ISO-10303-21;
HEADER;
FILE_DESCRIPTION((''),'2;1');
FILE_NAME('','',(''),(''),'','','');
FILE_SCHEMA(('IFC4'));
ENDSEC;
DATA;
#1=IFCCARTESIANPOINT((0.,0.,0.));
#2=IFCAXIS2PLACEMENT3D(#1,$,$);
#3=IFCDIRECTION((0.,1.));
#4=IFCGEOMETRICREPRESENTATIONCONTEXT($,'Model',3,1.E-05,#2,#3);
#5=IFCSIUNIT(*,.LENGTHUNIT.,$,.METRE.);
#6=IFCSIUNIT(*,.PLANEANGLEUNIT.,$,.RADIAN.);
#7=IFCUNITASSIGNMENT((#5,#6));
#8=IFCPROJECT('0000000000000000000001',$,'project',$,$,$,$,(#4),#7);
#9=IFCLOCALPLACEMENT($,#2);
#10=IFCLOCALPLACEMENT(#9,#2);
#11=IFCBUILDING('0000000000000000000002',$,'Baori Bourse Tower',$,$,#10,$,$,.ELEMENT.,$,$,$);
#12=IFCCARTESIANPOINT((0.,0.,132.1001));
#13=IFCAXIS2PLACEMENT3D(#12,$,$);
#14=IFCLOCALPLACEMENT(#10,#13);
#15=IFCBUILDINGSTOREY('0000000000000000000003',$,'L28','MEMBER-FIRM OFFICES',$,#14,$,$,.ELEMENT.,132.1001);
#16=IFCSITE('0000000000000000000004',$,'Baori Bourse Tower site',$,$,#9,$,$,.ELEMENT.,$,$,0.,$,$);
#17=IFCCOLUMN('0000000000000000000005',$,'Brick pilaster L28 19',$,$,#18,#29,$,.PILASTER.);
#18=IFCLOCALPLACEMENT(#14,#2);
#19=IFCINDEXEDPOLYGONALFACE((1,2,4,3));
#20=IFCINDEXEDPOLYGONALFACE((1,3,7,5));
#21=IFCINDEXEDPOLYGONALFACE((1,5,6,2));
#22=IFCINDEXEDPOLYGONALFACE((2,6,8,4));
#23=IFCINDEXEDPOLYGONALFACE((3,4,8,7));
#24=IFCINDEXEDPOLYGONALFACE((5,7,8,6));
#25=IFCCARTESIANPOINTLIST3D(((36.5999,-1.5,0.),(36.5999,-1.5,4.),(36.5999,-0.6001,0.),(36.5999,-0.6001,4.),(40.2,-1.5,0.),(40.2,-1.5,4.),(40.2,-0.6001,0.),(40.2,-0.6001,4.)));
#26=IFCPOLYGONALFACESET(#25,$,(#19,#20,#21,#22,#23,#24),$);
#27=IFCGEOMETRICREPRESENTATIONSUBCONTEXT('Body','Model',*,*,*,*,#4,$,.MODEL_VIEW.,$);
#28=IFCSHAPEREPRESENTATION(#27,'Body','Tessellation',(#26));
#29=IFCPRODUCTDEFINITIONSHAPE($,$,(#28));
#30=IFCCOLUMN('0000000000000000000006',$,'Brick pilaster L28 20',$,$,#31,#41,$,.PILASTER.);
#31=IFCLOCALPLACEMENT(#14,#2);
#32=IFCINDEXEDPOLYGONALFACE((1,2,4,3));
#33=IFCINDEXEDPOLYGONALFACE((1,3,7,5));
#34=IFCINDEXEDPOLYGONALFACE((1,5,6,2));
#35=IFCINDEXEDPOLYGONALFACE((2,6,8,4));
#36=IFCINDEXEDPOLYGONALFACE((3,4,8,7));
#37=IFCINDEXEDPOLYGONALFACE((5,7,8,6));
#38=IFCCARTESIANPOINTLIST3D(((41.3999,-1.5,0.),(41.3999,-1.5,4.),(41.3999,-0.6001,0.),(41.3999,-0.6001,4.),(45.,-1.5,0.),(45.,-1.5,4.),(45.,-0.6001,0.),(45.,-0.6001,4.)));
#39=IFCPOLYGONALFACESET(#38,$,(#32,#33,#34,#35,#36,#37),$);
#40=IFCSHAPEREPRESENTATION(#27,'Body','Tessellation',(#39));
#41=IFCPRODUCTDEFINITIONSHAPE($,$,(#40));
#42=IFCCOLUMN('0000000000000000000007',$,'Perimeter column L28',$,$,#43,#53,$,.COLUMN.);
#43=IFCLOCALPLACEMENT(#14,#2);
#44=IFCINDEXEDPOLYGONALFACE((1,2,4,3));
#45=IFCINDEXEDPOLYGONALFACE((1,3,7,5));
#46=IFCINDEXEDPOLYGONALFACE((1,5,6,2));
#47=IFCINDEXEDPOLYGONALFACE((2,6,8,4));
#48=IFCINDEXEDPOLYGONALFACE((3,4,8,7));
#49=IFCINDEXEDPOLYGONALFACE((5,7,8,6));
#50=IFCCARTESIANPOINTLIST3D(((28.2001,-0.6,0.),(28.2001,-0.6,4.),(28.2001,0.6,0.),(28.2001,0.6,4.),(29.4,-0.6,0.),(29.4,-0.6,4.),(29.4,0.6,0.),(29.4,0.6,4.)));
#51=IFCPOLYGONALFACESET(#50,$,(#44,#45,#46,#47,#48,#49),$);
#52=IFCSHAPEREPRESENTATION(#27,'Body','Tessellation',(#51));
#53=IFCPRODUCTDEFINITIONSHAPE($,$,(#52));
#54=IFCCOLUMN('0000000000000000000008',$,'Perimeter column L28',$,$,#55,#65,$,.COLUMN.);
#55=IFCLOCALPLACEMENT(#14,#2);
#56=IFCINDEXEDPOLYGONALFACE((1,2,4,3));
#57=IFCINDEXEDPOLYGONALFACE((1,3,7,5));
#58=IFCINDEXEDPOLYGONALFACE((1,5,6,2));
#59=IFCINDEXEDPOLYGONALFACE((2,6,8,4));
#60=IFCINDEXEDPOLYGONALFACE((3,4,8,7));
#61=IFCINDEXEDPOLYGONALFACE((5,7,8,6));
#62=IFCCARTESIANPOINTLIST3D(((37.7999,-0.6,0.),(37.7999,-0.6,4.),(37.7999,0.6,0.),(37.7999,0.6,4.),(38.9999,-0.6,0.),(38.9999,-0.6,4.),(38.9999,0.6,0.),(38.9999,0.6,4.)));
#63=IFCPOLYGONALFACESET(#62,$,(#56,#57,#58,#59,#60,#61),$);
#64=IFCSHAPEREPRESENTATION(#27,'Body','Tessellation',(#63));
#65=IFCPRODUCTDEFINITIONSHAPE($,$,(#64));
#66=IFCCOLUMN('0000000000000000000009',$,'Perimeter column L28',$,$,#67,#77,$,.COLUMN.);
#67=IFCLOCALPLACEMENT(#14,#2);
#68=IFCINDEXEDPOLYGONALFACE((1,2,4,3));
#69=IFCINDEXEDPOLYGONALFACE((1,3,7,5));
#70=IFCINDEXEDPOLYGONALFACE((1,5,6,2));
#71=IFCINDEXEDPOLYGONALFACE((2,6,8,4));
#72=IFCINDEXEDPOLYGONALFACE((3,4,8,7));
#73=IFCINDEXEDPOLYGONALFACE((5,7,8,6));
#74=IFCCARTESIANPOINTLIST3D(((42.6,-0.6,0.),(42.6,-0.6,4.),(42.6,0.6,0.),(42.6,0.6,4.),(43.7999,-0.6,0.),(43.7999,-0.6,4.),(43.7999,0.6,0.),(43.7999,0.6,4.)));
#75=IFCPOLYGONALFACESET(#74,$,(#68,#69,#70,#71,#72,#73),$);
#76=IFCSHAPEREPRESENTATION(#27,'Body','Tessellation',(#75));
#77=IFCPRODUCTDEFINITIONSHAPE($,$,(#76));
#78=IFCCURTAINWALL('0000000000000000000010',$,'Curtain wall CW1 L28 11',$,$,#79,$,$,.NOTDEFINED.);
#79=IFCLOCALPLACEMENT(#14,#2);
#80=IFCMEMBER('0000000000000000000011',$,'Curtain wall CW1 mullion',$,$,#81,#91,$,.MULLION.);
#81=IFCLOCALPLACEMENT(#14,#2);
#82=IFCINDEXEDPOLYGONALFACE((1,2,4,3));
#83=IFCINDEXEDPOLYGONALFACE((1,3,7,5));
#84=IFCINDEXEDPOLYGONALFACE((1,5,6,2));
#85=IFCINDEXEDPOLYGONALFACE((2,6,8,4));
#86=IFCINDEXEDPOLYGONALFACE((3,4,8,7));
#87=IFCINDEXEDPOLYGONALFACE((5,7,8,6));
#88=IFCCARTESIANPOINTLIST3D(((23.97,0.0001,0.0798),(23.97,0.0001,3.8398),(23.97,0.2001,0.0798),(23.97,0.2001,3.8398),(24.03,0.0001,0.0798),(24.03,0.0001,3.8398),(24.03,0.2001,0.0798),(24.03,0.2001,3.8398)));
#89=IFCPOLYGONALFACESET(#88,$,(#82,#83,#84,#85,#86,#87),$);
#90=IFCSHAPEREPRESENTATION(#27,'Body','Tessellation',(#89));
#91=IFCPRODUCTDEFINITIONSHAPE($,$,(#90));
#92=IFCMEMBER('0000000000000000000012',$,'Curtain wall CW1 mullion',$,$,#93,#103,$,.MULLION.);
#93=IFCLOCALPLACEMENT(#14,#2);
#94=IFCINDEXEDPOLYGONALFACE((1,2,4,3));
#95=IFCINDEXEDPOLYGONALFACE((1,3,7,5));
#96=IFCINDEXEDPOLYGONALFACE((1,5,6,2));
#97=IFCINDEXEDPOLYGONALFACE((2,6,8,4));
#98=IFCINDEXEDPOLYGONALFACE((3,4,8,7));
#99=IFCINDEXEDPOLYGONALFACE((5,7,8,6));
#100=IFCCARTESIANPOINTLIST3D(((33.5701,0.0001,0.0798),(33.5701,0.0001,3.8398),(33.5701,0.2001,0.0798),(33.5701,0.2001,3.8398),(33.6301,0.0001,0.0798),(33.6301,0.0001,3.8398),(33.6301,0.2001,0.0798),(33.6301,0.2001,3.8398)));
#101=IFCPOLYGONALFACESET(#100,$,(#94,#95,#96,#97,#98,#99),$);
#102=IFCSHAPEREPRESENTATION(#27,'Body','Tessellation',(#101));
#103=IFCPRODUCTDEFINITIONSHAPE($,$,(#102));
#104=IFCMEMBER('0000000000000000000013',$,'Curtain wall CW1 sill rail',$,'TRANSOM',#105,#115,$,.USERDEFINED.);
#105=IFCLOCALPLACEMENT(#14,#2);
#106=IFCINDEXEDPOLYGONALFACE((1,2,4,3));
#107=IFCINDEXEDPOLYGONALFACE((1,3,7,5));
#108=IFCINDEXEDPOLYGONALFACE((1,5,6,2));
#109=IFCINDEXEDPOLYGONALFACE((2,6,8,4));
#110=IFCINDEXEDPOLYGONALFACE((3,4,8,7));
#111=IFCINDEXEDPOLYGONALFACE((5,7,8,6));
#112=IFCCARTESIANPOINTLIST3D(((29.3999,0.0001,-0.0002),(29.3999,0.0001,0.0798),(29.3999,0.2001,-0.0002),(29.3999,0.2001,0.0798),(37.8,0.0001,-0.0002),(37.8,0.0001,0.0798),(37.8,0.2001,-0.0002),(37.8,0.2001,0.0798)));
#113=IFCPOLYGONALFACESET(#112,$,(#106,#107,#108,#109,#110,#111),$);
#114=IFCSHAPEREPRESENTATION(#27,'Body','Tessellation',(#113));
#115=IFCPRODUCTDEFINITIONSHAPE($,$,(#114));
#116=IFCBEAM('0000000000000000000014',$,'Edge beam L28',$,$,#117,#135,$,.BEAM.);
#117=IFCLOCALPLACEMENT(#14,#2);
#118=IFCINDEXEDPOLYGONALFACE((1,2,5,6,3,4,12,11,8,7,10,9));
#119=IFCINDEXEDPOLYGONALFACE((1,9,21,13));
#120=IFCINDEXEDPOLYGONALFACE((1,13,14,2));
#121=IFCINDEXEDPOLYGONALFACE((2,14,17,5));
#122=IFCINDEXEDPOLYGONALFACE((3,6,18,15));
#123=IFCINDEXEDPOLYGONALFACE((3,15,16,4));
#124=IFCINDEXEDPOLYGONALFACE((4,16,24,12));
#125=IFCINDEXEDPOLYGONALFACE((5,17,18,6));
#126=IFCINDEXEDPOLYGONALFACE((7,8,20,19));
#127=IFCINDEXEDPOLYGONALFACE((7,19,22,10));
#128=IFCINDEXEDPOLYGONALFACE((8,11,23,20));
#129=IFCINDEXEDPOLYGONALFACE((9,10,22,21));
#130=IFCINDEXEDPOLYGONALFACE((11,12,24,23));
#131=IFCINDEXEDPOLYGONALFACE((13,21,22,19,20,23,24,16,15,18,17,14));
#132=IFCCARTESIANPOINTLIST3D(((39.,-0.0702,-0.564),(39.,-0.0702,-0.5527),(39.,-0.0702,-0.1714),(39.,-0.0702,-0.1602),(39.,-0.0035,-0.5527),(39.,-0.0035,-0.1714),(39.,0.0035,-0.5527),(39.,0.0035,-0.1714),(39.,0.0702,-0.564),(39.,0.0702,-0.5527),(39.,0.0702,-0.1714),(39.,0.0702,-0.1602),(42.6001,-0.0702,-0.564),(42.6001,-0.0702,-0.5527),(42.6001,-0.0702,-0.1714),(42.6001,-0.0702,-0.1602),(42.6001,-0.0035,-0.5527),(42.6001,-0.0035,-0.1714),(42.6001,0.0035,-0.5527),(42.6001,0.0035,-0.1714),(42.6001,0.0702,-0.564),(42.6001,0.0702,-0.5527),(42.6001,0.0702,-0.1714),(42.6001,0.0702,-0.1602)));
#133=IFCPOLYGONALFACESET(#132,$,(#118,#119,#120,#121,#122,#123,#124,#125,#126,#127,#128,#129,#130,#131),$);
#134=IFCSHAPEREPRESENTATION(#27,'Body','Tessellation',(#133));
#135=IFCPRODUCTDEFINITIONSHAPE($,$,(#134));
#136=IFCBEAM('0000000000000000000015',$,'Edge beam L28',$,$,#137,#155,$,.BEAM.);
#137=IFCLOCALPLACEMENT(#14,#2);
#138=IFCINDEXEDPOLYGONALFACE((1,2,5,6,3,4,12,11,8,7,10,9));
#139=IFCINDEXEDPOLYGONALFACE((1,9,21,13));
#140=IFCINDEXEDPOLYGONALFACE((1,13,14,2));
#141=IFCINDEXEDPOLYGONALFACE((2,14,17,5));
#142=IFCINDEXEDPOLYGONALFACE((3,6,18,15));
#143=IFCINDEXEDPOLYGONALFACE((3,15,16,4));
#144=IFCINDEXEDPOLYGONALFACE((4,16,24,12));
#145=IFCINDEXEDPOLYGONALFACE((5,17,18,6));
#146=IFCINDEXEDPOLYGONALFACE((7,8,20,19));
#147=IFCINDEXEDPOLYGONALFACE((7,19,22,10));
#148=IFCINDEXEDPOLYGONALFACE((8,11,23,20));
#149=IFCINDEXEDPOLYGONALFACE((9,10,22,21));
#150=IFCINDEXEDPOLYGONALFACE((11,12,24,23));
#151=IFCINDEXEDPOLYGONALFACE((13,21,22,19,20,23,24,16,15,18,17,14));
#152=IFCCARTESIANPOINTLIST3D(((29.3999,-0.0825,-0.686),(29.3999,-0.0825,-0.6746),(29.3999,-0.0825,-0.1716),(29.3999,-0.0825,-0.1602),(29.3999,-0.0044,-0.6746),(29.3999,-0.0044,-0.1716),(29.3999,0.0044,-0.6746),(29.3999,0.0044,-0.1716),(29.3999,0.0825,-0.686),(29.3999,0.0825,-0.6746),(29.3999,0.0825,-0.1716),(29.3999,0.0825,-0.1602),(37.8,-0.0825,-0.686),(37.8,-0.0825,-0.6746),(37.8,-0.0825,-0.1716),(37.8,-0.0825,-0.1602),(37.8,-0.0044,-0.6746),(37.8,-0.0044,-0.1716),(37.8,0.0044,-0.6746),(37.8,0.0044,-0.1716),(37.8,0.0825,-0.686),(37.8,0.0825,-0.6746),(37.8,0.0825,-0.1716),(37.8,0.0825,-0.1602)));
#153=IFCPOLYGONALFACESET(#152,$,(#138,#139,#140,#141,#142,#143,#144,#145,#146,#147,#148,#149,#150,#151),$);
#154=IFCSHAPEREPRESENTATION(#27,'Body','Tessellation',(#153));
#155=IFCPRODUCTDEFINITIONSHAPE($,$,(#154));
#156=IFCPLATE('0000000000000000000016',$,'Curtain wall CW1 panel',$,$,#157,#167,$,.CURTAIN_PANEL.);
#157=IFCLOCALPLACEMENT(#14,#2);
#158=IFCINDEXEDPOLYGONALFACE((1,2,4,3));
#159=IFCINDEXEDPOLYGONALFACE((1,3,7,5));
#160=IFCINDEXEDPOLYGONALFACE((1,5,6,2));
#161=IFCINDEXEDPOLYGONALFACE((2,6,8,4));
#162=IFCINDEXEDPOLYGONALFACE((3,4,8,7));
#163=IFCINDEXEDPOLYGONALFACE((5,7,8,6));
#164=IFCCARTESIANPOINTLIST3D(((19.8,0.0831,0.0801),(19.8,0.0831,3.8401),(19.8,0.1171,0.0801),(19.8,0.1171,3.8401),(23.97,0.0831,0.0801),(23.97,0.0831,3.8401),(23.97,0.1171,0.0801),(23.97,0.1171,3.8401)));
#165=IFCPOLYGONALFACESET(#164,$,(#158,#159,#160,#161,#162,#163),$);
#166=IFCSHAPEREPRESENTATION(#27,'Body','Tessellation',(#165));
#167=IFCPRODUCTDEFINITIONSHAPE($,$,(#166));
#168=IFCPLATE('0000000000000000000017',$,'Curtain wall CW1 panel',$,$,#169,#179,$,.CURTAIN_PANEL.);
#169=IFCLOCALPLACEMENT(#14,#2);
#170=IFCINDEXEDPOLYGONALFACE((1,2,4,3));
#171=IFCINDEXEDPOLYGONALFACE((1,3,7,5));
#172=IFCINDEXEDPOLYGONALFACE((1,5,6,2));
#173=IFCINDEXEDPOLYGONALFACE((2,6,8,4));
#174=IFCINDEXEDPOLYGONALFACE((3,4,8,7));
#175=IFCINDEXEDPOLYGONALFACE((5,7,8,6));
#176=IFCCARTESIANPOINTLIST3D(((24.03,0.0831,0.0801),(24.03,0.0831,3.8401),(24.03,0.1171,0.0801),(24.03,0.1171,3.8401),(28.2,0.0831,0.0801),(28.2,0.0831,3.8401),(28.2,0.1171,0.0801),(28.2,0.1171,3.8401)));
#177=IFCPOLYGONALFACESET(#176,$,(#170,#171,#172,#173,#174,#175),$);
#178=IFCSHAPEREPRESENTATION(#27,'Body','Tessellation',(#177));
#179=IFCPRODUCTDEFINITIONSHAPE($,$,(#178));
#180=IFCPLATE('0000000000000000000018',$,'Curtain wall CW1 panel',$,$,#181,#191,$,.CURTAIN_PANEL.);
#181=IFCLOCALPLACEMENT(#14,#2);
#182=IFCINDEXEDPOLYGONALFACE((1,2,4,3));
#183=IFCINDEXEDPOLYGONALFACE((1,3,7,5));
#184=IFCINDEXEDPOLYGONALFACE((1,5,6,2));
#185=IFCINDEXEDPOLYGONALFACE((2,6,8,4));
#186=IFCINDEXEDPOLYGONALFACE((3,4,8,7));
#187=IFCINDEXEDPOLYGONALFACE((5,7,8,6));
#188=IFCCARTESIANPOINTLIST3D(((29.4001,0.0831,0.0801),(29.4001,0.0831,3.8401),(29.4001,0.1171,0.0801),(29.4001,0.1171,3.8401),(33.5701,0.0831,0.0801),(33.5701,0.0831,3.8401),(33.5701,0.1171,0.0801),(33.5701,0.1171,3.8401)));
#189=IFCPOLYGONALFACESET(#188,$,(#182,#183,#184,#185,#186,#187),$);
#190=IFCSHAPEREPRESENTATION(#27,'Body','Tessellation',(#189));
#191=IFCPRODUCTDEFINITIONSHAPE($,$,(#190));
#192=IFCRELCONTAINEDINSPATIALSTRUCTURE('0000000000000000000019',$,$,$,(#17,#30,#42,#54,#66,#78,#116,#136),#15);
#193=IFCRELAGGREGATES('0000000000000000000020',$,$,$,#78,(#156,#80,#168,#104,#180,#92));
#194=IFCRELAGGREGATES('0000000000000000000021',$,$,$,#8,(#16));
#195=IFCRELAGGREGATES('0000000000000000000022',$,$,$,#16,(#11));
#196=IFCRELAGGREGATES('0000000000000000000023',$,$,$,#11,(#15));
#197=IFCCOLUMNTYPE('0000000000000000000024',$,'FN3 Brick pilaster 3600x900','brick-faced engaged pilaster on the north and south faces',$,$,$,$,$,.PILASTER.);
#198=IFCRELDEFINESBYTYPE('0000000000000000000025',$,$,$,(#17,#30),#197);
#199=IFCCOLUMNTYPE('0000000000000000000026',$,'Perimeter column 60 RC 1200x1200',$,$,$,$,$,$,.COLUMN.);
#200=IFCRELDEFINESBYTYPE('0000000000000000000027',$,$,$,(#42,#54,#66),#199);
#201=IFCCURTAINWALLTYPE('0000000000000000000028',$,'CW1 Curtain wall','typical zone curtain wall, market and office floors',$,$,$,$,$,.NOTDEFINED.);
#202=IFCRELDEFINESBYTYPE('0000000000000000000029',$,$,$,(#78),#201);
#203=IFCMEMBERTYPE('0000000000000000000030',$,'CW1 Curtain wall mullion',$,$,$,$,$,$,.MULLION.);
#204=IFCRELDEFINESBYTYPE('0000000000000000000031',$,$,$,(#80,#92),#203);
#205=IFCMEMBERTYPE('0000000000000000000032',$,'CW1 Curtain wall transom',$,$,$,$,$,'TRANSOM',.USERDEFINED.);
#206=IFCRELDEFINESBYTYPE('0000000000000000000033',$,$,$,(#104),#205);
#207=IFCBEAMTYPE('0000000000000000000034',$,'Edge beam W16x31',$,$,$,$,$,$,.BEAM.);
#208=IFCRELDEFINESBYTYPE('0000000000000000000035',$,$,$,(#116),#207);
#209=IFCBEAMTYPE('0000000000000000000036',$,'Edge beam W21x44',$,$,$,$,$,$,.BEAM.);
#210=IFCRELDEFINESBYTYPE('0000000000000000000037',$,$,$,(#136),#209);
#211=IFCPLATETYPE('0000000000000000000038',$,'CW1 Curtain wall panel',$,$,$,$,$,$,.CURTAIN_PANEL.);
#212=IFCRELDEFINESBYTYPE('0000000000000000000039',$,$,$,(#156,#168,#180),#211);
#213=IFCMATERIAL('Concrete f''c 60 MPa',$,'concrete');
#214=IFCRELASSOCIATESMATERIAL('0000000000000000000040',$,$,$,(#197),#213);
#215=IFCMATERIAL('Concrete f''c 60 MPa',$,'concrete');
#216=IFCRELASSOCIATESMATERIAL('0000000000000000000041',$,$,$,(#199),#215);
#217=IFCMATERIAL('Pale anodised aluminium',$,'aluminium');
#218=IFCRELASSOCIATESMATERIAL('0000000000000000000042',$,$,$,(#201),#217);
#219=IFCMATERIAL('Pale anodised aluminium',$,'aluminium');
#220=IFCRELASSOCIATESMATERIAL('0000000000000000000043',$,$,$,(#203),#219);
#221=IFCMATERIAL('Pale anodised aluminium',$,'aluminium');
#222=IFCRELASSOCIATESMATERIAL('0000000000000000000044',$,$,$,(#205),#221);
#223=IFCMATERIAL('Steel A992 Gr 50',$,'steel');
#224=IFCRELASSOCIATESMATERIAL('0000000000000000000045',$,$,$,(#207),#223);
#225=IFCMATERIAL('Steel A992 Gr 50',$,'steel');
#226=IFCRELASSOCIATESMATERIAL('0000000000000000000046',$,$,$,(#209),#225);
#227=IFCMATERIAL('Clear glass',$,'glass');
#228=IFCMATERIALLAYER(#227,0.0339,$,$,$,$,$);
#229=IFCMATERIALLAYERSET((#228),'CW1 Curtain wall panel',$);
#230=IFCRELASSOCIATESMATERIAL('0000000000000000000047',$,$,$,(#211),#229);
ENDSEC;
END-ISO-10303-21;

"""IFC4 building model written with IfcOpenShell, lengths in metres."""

from ifc_helpers import new_model, si_unit, direction, frame, origin, origin_2d, place, context, subcontext, project, spatial, rectangle, i_section, extrude, material, layer, layer_set, material_profile, profile_set, type_object, element, aggregate, save


model = new_model("IFC4")

# Units and contexts
model_context = context("Model", 3, precision=1e-05, world=origin(), true_north=direction((0.0, 1.0)))
body_context = subcontext(model_context, "Body", "Model", "MODEL_VIEW")
ifc_project = project(units=[si_unit("LENGTHUNIT", "METRE"), si_unit("PLANEANGLEUNIT", "RADIAN")], contexts=[model_context])

# Site, building, storey
site_placement = place(None, origin())
site = spatial("IfcSite", under=ifc_project, at=site_placement, Name="Baori Bourse Tower site", CompositionType="ELEMENT", RefElevation=0.0)
building_placement = place(site_placement, origin())
building = spatial("IfcBuilding", under=site, at=building_placement, Name="Baori Bourse Tower", CompositionType="ELEMENT")
storey_placement = place(building_placement, frame((0.0, 0.0, 132.1001)))
storey = spatial("IfcBuildingStorey", under=building, at=storey_placement, Name="L28", Description="MEMBER-FIRM OFFICES", CompositionType="ELEMENT", Elevation=132.1001)

# Columns
ifc_material_1 = material(Name="Concrete f'c 60 MPa", Category="concrete")
ifc_material_profile_1 = material_profile(ifc_material_1, rectangle(XDim=3.6001, YDim=0.8999, at=origin_2d()), Name="RC 3600x900")
ifc_profile_set_1 = profile_set([ifc_material_profile_1], Name="Concrete f'c 60 MPa")
column_type_1 = type_object("IfcColumnType", Name="FN3 Brick pilaster 3600x900", Description="brick-faced engaged pilaster on the north and south faces", PredefinedType="PILASTER", material=ifc_profile_set_1)
for number, where, z_axis, x_axis, name in (
    (1, (38.3999, -1.05, 0.0), (0.0, 0.0, 1.0), (1.0, 0.0, 0.0), "Brick pilaster L28 19"),
    (2, (43.2, -1.05, 0.0), (0.0, 0.0, 1.0), (1.0, 0.0, 0.0), "Brick pilaster L28 20"),
):
    element("IfcColumn", number, at=place(storey_placement, frame(where, z_axis=z_axis, x_axis=x_axis)), inside=storey, type_object=column_type_1, Name=name, PredefinedType="PILASTER", context=body_context, shape_type="SweptSolid", body=[
        extrude(rectangle(XDim=3.6001, YDim=0.8999, at=origin_2d()), origin(), (0.0, 0.0, 1.0), 4.0),
    ])
ifc_material_2 = material(Name="Concrete f'c 60 MPa", Category="concrete")
ifc_material_profile_2 = material_profile(ifc_material_2, rectangle(XDim=1.2, YDim=1.2, at=origin_2d()), Name="RC 1200x1200")
ifc_profile_set_2 = profile_set([ifc_material_profile_2], Name="Concrete f'c 60 MPa")
column_type_2 = type_object("IfcColumnType", Name="Perimeter column 60 RC 1200x1200", PredefinedType="COLUMN", material=ifc_profile_set_2)
for number, where, z_axis, x_axis, name in (
    (3, (28.8, 0.0, 0.0), (0.0, 0.0, 1.0), (1.0, 0.0, 0.0), "Perimeter column L28"),
    (4, (38.3999, 0.0, 0.0), (0.0, 0.0, 1.0), (1.0, 0.0, 0.0), "Perimeter column L28"),
    (5, (43.2, 0.0, 0.0), (0.0, 0.0, 1.0), (1.0, 0.0, 0.0), "Perimeter column L28"),
):
    element("IfcColumn", number, at=place(storey_placement, frame(where, z_axis=z_axis, x_axis=x_axis)), inside=storey, type_object=column_type_2, Name=name, PredefinedType="COLUMN", context=body_context, shape_type="SweptSolid", body=[
        extrude(rectangle(XDim=1.2, YDim=1.2, at=origin_2d()), origin(), (0.0, 0.0, 1.0), 4.0),
    ])

# Curtain wall, members
ifc_material_3 = material(Name="Pale anodised aluminium", Category="aluminium")
curtain_wall_type = type_object("IfcCurtainWallType", Name="CW1 Curtain wall", Description="typical zone curtain wall, market and office floors", PredefinedType="NOTDEFINED", material=ifc_material_3)
curtain_wall_placement = place(storey_placement, origin())
curtain_wall = element("IfcCurtainWall", 6, at=curtain_wall_placement, inside=storey, type_object=curtain_wall_type, Name="Curtain wall CW1 L28 11", PredefinedType="NOTDEFINED")
ifc_material_4 = material(Name="Pale anodised aluminium", Category="aluminium")
ifc_material_profile_3 = material_profile(ifc_material_4, rectangle(XDim=0.2, YDim=0.0601, at=origin_2d()), Name="Mullion 60x200")
ifc_profile_set_3 = profile_set([ifc_material_profile_3], Name="Pale anodised aluminium")
member_type_1 = type_object("IfcMemberType", Name="CW1 Curtain wall mullion", PredefinedType="MULLION", material=ifc_profile_set_3)
member_1_placement = place(storey_placement, frame((24.0, 0.1001, 0.0798), z_axis=(0.0, 0.0, 1.0), x_axis=(0.0, 1.0, 0.0)))
member_1 = element("IfcMember", 7, at=member_1_placement, type_object=member_type_1, Name="Curtain wall CW1 mullion", PredefinedType="MULLION", context=body_context, shape_type="SweptSolid", body=[
    extrude(rectangle(XDim=0.2, YDim=0.0601, at=origin_2d()), origin(), (0.0, 0.0, 1.0), 3.76),
])
member_2_placement = place(storey_placement, frame((33.6001, 0.1001, 0.0798), z_axis=(0.0, 0.0, 1.0), x_axis=(0.0, 1.0, 0.0)))
member_2 = element("IfcMember", 8, at=member_2_placement, type_object=member_type_1, Name="Curtain wall CW1 mullion", PredefinedType="MULLION", context=body_context, shape_type="SweptSolid", body=[
    extrude(rectangle(XDim=0.2, YDim=0.0601, at=origin_2d()), origin(), (0.0, 0.0, 1.0), 3.76),
])
ifc_material_5 = material(Name="Pale anodised aluminium", Category="aluminium")
ifc_material_profile_4 = material_profile(ifc_material_5, rectangle(XDim=0.2, YDim=0.0801, at=origin_2d()), Name="Transom 80x200")
ifc_profile_set_4 = profile_set([ifc_material_profile_4], Name="Pale anodised aluminium")
member_type_2 = type_object("IfcMemberType", Name="CW1 Curtain wall transom", ElementType="TRANSOM", PredefinedType="USERDEFINED", material=ifc_profile_set_4)
member_3_placement = place(storey_placement, frame((29.3999, 0.1001, 0.0398), z_axis=(1.0, 0.0, 0.0), x_axis=(0.0, 1.0, 0.0)))
member_3 = element("IfcMember", 9, at=member_3_placement, type_object=member_type_2, Name="Curtain wall CW1 sill rail", ObjectType="TRANSOM", PredefinedType="USERDEFINED", context=body_context, shape_type="SweptSolid", body=[
    extrude(rectangle(XDim=0.2, YDim=0.0801, at=origin_2d()), origin(), (0.0, 0.0, 1.0), 8.4001),
])

# Beams
ifc_material_6 = material(Name="Steel A992 Gr 50", Category="steel")
ifc_material_profile_5 = material_profile(ifc_material_6, i_section(OverallWidth=0.1404, OverallDepth=0.4038, WebThickness=0.0071, FlangeThickness=0.0112, at=origin_2d()), Name="W16x31")
ifc_profile_set_5 = profile_set([ifc_material_profile_5], Name="Steel A992 Gr 50")
beam_type_1 = type_object("IfcBeamType", Name="Edge beam W16x31", PredefinedType="BEAM", material=ifc_profile_set_5)
beam_1_placement = place(storey_placement, frame((39.0, 0.0, -0.3621), z_axis=(1.0, 0.0, 0.0), x_axis=(0.0, 1.0, 0.0)))
element("IfcBeam", 10, at=beam_1_placement, inside=storey, type_object=beam_type_1, Name="Edge beam L28", PredefinedType="BEAM", context=body_context, shape_type="SweptSolid", body=[
    extrude(i_section(OverallWidth=0.1404, OverallDepth=0.4038, WebThickness=0.0071, FlangeThickness=0.0112, at=origin_2d()), origin(), (0.0, 0.0, 1.0), 3.6001),
])
ifc_material_7 = material(Name="Steel A992 Gr 50", Category="steel")
ifc_material_profile_6 = material_profile(ifc_material_7, i_section(OverallWidth=0.165, OverallDepth=0.5259, WebThickness=0.0088, FlangeThickness=0.0115, at=origin_2d()), Name="W21x44")
ifc_profile_set_6 = profile_set([ifc_material_profile_6], Name="Steel A992 Gr 50")
beam_type_2 = type_object("IfcBeamType", Name="Edge beam W21x44", PredefinedType="BEAM", material=ifc_profile_set_6)
beam_2_placement = place(storey_placement, frame((29.3999, 0.0, -0.4231), z_axis=(1.0, 0.0, 0.0), x_axis=(0.0, 1.0, 0.0)))
element("IfcBeam", 11, at=beam_2_placement, inside=storey, type_object=beam_type_2, Name="Edge beam L28", PredefinedType="BEAM", context=body_context, shape_type="SweptSolid", body=[
    extrude(i_section(OverallWidth=0.165, OverallDepth=0.5259, WebThickness=0.0088, FlangeThickness=0.0115, at=origin_2d()), origin(), (0.0, 0.0, 1.0), 8.4001),
])

# Plates
ifc_material_8 = material(Name="Clear glass", Category="glass")
ifc_layer_1 = layer(ifc_material_8, 0.0339)
ifc_layer_set_1 = layer_set([ifc_layer_1], Name="CW1 Curtain wall panel")
plate_type = type_object("IfcPlateType", Name="CW1 Curtain wall panel", PredefinedType="CURTAIN_PANEL", material=ifc_layer_set_1)
plate_1_placement = place(storey_placement, frame((21.885, 0.1001, 0.0801), z_axis=(0.0, 0.0, 1.0), x_axis=(1.0, 0.0, 0.0)))
plate_1 = element("IfcPlate", 12, at=plate_1_placement, type_object=plate_type, Name="Curtain wall CW1 panel", PredefinedType="CURTAIN_PANEL", context=body_context, shape_type="SweptSolid", body=[
    extrude(rectangle(XDim=4.1699, YDim=0.0339, at=origin_2d()), origin(), (0.0, 0.0, 1.0), 3.76),
])
plate_2_placement = place(storey_placement, frame((26.115, 0.1001, 0.0801), z_axis=(0.0, 0.0, 1.0), x_axis=(1.0, 0.0, 0.0)))
plate_2 = element("IfcPlate", 13, at=plate_2_placement, type_object=plate_type, Name="Curtain wall CW1 panel", PredefinedType="CURTAIN_PANEL", context=body_context, shape_type="SweptSolid", body=[
    extrude(rectangle(XDim=4.1699, YDim=0.0339, at=origin_2d()), origin(), (0.0, 0.0, 1.0), 3.76),
])
plate_3_placement = place(storey_placement, frame((31.4851, 0.1001, 0.0801), z_axis=(0.0, 0.0, 1.0), x_axis=(1.0, 0.0, 0.0)))
plate_3 = element("IfcPlate", 14, at=plate_3_placement, type_object=plate_type, Name="Curtain wall CW1 panel", PredefinedType="CURTAIN_PANEL", context=body_context, shape_type="SweptSolid", body=[
    extrude(rectangle(XDim=4.1699, YDim=0.0339, at=origin_2d()), origin(), (0.0, 0.0, 1.0), 3.76),
])
aggregate(curtain_wall, [plate_1, member_1, plate_2, member_3, plate_3, member_2])

save(model, "model.ifc")
